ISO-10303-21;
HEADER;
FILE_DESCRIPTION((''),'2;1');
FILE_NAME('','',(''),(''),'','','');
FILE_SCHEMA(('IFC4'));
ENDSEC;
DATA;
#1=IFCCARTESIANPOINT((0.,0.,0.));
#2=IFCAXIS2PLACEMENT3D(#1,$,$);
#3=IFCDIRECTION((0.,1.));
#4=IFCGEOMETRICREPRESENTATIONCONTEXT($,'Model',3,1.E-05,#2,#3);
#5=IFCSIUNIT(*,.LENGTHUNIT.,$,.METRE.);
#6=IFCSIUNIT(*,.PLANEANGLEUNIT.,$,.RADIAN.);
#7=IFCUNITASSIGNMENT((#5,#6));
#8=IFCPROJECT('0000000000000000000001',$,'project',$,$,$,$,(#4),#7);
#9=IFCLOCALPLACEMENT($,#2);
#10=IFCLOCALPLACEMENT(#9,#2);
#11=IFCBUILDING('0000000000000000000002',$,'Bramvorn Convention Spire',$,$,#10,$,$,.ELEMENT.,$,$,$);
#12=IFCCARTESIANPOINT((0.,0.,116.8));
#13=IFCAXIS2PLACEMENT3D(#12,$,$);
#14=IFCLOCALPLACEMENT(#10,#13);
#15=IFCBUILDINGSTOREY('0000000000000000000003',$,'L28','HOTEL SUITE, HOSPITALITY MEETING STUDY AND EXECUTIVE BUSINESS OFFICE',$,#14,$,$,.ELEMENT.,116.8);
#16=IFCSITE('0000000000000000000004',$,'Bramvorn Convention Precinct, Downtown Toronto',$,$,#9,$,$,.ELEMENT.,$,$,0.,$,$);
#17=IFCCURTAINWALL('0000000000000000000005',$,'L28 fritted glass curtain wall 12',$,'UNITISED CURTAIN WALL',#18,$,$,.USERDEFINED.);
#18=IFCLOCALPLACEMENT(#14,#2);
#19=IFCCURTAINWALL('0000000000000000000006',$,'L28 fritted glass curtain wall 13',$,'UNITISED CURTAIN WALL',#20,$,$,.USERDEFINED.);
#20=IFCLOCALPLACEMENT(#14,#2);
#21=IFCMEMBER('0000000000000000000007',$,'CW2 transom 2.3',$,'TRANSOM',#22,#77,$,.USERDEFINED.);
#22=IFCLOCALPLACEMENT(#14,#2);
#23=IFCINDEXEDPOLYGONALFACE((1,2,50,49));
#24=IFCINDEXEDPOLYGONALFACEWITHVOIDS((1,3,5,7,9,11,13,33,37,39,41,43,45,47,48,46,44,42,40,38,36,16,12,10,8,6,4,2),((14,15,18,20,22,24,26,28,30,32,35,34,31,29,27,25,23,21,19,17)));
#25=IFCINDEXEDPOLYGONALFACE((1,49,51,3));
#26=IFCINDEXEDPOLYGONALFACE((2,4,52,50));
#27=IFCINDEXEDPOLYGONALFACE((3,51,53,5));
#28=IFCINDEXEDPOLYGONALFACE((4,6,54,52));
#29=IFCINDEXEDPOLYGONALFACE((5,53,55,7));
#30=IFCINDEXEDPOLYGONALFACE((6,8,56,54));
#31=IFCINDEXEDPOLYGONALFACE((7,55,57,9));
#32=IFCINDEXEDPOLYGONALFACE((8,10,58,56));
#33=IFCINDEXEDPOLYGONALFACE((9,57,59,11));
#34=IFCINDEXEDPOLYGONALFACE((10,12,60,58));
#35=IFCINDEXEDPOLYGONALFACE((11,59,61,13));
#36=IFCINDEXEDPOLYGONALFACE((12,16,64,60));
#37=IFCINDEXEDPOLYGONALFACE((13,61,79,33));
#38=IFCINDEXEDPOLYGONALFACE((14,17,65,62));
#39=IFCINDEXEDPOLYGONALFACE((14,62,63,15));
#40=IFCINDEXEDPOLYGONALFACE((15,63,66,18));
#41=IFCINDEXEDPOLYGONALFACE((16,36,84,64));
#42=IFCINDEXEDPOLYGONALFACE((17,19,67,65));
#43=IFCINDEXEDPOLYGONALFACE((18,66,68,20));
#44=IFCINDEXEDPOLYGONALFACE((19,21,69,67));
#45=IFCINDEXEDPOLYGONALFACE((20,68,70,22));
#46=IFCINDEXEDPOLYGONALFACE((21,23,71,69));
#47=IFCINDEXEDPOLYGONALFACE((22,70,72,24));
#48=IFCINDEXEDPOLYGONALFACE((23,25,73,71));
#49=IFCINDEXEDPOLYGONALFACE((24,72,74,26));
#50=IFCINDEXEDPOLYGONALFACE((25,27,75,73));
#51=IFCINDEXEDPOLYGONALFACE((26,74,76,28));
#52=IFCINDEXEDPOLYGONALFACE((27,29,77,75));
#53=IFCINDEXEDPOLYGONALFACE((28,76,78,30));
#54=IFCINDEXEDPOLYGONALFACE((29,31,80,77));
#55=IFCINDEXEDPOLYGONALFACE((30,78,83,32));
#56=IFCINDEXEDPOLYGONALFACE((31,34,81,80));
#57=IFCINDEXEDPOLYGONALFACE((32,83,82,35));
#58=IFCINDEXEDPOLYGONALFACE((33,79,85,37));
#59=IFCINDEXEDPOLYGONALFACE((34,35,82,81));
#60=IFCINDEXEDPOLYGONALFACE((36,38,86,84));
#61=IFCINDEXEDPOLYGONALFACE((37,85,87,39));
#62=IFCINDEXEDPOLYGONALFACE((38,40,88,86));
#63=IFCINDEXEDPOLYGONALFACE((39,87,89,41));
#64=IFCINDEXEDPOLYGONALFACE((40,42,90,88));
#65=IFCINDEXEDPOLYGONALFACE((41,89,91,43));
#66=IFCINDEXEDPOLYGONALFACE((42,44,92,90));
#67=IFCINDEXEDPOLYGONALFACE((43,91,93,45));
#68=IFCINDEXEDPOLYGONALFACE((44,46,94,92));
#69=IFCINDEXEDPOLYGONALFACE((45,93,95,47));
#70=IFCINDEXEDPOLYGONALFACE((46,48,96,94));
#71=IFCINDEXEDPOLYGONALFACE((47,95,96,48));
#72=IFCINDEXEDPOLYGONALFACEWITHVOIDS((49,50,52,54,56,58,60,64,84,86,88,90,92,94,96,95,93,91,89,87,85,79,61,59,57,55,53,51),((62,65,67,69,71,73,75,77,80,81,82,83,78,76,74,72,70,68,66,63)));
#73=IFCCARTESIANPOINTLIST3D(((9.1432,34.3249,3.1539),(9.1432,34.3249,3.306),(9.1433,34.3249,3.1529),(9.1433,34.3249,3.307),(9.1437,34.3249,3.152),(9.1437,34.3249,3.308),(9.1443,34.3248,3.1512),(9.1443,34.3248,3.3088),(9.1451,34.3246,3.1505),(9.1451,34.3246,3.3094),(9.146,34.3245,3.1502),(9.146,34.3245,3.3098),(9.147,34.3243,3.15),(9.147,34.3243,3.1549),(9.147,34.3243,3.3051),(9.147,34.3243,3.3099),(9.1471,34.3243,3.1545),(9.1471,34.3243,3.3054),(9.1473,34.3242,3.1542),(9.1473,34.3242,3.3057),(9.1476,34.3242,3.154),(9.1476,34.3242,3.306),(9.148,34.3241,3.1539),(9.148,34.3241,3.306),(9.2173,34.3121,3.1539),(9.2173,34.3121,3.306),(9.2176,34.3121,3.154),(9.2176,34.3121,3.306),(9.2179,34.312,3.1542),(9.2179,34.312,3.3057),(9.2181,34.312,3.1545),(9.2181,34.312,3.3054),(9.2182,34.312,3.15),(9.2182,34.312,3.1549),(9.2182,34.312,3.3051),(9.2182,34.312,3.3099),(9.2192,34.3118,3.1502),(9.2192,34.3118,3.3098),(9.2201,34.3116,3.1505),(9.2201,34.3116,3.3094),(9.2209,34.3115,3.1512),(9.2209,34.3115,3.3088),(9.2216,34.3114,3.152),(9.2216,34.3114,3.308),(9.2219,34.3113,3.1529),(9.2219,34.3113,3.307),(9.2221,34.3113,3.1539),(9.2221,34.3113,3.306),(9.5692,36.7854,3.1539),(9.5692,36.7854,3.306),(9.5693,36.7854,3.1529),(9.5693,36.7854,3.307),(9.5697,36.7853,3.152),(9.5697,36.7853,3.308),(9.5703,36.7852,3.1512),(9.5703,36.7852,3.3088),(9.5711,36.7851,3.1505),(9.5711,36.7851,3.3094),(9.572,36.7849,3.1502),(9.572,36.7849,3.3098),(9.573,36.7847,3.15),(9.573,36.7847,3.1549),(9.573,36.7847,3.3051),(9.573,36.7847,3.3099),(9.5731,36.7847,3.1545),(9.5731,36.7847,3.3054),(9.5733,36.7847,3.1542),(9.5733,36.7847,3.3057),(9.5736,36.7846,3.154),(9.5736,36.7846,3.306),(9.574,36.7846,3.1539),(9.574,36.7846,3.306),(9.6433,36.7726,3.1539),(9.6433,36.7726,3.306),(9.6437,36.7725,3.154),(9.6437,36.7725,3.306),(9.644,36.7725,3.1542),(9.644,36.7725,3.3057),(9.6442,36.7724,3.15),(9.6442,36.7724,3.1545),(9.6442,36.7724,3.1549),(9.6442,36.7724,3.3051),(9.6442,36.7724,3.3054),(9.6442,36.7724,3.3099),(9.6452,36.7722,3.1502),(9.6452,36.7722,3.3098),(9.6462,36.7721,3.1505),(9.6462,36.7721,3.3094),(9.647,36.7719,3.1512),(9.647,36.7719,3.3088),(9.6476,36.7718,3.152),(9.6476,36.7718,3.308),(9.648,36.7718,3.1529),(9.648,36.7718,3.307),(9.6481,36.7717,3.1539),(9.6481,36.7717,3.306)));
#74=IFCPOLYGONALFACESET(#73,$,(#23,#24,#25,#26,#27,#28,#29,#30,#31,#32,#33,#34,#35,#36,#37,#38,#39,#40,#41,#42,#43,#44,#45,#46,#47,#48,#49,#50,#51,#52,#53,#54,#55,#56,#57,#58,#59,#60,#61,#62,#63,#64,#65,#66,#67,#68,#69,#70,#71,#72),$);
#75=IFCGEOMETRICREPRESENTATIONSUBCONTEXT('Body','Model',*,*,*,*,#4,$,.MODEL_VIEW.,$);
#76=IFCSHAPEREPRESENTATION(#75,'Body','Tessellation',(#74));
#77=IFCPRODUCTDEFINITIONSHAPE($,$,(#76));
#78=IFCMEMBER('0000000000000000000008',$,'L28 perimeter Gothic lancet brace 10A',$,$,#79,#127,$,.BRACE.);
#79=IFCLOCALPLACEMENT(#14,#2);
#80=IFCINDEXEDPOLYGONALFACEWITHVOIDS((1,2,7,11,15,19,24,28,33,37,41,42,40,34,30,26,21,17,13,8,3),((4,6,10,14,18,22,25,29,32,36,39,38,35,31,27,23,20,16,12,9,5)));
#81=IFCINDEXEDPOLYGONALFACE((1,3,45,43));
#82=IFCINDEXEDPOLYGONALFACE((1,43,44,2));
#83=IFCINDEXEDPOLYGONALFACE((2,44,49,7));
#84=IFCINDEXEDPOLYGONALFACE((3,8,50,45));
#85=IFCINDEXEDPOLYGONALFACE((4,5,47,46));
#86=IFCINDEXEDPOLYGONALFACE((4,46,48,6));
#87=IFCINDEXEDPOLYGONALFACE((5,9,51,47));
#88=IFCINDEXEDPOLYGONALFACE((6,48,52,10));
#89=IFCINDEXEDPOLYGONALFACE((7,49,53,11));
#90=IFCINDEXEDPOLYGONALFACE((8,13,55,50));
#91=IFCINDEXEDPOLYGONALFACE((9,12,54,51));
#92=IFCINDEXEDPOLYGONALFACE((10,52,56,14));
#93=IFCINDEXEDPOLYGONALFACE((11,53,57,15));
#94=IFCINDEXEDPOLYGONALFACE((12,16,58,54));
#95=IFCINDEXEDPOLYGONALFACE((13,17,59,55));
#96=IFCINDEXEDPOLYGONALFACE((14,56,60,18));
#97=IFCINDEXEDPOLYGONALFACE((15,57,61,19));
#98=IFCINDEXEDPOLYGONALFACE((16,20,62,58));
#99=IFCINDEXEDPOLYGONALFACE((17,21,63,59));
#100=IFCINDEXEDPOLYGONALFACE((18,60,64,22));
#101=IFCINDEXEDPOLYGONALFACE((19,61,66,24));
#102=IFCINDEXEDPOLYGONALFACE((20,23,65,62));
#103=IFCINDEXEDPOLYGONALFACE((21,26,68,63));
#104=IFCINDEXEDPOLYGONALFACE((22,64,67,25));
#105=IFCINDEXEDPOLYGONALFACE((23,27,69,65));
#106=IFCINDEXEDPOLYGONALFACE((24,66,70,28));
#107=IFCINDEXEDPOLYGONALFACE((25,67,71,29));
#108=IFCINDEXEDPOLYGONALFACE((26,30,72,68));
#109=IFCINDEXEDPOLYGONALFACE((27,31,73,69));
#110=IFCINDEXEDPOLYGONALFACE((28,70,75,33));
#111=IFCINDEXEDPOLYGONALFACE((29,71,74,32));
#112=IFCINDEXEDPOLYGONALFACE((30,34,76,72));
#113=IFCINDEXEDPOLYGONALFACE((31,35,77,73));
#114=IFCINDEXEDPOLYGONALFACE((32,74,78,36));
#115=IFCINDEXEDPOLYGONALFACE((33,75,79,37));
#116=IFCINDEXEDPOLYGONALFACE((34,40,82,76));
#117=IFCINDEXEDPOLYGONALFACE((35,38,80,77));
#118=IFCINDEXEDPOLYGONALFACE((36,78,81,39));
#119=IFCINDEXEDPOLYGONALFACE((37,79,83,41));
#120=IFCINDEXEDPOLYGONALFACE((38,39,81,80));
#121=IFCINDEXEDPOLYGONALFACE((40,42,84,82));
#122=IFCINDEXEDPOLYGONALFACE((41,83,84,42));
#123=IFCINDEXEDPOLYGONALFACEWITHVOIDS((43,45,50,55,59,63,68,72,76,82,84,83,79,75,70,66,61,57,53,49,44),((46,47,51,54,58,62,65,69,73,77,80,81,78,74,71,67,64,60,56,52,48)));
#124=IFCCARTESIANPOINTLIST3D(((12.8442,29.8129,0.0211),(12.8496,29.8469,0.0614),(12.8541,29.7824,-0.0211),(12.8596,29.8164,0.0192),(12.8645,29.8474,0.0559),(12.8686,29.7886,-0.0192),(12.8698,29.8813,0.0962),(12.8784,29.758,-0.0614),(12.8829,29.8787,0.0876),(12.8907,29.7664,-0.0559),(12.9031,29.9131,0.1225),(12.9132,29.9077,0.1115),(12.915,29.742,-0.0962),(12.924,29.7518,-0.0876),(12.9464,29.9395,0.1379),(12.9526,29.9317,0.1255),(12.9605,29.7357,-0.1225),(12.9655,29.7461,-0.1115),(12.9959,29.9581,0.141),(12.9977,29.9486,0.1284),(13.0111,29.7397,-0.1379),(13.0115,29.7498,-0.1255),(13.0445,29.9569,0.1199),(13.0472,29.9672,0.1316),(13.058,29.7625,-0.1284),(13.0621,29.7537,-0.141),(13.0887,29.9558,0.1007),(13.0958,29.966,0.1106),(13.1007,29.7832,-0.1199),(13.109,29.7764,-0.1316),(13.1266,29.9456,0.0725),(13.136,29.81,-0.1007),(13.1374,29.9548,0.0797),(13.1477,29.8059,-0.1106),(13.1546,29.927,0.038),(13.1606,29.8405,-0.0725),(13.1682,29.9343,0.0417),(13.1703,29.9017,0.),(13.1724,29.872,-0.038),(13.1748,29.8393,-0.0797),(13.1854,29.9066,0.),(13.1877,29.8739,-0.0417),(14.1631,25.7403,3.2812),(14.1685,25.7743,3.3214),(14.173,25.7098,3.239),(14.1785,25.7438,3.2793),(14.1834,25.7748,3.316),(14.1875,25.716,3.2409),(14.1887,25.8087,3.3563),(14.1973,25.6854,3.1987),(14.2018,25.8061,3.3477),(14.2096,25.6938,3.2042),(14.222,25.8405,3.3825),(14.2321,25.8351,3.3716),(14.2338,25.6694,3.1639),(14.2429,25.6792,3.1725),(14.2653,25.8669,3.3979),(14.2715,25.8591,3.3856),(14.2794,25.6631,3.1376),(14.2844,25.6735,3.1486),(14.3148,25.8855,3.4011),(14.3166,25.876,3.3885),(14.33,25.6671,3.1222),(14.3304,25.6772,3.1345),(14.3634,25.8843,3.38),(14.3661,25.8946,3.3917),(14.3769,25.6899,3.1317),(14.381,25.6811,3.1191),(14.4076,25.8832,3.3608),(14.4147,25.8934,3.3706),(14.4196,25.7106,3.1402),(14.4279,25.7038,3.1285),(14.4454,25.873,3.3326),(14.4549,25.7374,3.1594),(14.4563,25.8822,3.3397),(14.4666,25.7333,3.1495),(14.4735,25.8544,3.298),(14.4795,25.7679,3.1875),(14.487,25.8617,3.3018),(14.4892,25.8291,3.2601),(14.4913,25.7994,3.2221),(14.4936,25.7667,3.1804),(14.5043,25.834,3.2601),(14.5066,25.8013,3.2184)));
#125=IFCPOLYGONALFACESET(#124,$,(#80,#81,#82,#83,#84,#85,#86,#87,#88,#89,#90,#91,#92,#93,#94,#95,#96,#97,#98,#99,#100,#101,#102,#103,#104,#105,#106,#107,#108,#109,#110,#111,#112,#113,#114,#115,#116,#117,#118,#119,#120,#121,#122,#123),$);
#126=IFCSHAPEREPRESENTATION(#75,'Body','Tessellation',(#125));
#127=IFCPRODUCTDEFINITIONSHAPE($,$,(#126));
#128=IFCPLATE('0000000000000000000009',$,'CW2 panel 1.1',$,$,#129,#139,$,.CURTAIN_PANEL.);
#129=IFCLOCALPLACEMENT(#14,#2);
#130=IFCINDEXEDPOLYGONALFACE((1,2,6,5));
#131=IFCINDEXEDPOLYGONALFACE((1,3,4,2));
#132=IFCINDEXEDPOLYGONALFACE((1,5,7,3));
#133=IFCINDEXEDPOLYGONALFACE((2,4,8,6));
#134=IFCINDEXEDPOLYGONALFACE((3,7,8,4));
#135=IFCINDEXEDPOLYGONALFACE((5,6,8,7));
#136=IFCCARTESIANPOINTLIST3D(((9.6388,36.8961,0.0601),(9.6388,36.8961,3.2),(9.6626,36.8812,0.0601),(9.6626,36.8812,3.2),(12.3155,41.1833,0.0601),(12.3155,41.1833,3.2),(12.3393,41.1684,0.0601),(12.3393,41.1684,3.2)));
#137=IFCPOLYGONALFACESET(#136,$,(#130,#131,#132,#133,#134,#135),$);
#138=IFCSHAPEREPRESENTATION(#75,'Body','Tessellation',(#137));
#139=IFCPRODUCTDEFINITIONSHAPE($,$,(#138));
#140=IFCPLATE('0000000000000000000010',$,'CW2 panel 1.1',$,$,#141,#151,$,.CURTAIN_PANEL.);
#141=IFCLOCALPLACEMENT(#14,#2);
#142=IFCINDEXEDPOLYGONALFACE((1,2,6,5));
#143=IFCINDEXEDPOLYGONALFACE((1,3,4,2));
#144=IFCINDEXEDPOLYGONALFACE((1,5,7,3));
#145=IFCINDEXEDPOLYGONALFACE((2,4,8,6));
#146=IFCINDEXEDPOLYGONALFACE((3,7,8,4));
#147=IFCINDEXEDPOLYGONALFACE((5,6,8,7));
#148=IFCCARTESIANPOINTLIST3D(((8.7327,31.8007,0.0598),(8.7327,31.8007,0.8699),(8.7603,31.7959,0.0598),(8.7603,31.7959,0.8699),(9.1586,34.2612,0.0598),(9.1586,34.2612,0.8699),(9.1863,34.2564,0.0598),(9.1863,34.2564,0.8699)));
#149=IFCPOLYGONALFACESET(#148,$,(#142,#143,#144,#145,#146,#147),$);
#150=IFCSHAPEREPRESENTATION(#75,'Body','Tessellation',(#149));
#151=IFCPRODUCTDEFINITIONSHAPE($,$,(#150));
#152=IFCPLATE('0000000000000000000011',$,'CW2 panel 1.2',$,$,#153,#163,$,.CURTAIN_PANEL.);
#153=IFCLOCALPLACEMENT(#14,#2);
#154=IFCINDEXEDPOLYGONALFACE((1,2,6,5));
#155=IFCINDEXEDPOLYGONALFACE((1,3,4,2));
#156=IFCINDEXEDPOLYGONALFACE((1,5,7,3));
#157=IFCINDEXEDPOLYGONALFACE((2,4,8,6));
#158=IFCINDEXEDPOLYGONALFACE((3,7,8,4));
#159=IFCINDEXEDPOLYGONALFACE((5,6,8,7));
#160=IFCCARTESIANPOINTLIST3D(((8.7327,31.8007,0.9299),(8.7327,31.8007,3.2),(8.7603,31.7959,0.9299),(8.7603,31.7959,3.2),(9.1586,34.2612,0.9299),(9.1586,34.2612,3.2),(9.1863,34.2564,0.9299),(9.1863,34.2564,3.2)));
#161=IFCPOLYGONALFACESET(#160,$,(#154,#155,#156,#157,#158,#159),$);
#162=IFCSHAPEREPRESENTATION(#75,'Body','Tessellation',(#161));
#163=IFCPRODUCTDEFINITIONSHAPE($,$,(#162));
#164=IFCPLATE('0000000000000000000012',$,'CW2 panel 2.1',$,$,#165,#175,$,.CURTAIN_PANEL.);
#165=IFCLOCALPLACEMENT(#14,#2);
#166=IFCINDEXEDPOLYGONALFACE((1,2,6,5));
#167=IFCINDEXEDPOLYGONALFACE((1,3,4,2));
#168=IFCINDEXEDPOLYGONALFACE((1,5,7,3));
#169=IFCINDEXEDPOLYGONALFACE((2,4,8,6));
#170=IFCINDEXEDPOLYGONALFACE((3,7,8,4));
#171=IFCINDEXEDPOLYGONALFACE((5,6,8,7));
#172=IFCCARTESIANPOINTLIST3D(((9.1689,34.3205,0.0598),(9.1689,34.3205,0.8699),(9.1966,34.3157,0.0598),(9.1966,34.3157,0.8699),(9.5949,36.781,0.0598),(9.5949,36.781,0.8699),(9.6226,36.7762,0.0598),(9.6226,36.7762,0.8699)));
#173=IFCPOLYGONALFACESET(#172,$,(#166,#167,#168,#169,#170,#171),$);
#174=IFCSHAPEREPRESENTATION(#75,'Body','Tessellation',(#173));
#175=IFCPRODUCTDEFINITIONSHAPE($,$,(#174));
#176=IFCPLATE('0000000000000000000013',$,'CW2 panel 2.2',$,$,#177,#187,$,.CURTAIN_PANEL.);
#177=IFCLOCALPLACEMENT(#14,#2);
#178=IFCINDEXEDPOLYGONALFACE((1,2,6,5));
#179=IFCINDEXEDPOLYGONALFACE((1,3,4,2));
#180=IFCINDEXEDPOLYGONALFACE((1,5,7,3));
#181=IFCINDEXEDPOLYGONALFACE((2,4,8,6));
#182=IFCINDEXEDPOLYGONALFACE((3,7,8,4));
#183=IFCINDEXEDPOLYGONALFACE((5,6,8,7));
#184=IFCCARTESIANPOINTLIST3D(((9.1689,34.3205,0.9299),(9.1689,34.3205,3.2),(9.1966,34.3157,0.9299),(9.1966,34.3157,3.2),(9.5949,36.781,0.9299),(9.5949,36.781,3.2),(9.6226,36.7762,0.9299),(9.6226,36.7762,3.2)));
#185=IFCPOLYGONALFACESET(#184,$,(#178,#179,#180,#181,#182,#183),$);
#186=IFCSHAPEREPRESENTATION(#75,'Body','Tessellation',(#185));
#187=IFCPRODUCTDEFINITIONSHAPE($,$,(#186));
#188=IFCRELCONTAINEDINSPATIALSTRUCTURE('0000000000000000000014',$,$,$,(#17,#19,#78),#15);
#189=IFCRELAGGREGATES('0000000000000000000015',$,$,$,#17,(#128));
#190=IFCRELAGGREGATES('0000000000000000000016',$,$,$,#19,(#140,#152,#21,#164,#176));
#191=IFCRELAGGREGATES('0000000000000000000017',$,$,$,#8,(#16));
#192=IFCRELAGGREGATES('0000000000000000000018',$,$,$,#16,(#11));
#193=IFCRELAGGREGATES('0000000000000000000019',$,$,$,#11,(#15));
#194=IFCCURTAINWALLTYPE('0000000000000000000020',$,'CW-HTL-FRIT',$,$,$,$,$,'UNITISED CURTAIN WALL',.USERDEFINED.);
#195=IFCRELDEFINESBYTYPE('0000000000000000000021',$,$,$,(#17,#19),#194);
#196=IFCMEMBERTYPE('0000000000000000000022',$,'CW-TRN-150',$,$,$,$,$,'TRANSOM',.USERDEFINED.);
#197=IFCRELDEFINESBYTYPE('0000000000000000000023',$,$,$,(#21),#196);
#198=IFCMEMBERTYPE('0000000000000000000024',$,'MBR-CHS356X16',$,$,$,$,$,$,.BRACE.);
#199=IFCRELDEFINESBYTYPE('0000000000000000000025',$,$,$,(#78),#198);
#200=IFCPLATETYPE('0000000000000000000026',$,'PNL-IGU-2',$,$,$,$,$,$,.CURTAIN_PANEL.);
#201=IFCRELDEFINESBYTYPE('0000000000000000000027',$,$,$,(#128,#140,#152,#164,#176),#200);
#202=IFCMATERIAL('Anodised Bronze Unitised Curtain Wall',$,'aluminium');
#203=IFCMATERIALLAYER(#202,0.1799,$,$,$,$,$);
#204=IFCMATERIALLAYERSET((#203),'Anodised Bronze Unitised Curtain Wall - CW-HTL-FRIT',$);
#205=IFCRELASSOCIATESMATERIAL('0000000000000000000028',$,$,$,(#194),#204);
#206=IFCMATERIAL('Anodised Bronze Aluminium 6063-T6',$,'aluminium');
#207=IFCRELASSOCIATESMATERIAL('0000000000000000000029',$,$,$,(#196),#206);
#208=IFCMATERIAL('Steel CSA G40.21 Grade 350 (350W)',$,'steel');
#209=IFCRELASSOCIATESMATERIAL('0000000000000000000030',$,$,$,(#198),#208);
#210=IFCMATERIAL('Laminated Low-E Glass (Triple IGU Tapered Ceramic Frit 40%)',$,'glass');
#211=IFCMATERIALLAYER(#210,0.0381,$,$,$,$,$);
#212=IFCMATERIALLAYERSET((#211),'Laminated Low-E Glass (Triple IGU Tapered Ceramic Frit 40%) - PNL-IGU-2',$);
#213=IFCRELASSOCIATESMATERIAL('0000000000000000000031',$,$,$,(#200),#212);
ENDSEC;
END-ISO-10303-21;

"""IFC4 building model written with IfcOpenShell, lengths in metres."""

from ifc_helpers import new_model, si_unit, direction, frame, origin, origin_2d, place, context, subcontext, project, spatial, rectangle, hollow_rectangle, hollow_circle, extrude, material, layer, layer_set, material_profile, profile_set, type_object, element, aggregate, save


model = new_model("IFC4")

# Units and contexts
model_context = context("Model", 3, precision=1e-05, world=origin(), true_north=direction((0.0, 1.0)))
body_context = subcontext(model_context, "Body", "Model", "MODEL_VIEW")
ifc_project = project(units=[si_unit("LENGTHUNIT", "METRE"), si_unit("PLANEANGLEUNIT", "RADIAN")], contexts=[model_context])

# Site, building, storey
site_placement = place(None, origin())
site = spatial("IfcSite", under=ifc_project, at=site_placement, Name="Bramvorn Convention Precinct, Downtown Toronto", CompositionType="ELEMENT", RefElevation=0.0)
building_placement = place(site_placement, origin())
building = spatial("IfcBuilding", under=site, at=building_placement, Name="Bramvorn Convention Spire", CompositionType="ELEMENT")
storey_placement = place(building_placement, frame((0.0, 0.0, 116.8)))
storey = spatial("IfcBuildingStorey", under=building, at=storey_placement, Name="L28", Description="HOTEL SUITE, HOSPITALITY MEETING STUDY AND EXECUTIVE BUSINESS OFFICE", CompositionType="ELEMENT", Elevation=116.8)

# Shared definitions
ifc_material_1 = material(Name="Steel CSA G40.21 Grade 350 (350W)", Category="steel")

# Curtain walls
ifc_material_2 = material(Name="Anodised Bronze Unitised Curtain Wall", Category="aluminium")
ifc_layer_1 = layer(ifc_material_2, 0.1799)
ifc_layer_set_1 = layer_set([ifc_layer_1], Name="Anodised Bronze Unitised Curtain Wall - CW-HTL-FRIT")
curtain_wall_type = type_object("IfcCurtainWallType", Name="CW-HTL-FRIT", ElementType="UNITISED CURTAIN WALL", PredefinedType="USERDEFINED", material=ifc_layer_set_1)
curtain_wall_1_placement = place(storey_placement, origin())
curtain_wall_1 = element("IfcCurtainWall", 1, at=curtain_wall_1_placement, inside=storey, type_object=curtain_wall_type, Name="L28 fritted glass curtain wall 12", ObjectType="UNITISED CURTAIN WALL", PredefinedType="USERDEFINED")
ifc_material_3 = material(Name="Anodised Bronze Aluminium 6063-T6", Category="aluminium")
curtain_wall_2_placement = place(storey_placement, origin())
curtain_wall_2 = element("IfcCurtainWall", 2, at=curtain_wall_2_placement, inside=storey, type_object=curtain_wall_type, Name="L28 fritted glass curtain wall 13", ObjectType="UNITISED CURTAIN WALL", PredefinedType="USERDEFINED")

# Members
ifc_material_profile_1 = material_profile(ifc_material_3, hollow_rectangle(XDim=0.0801, YDim=0.1599, WallThickness=0.0039, InnerFilletRadius=0.001, OuterFilletRadius=0.0039, at=origin_2d()))
ifc_profile_set_1 = profile_set([ifc_material_profile_1], Name="Anodised Bronze Aluminium 6063-T6 - CWT80X160")
member_type_1 = type_object("IfcMemberType", Name="CW-TRN-150", ElementType="TRANSOM", PredefinedType="USERDEFINED", material=ifc_profile_set_1)
member_1_placement = place(storey_placement, frame((9.1826, 34.3181, 3.23), z_axis=(0.170611, 0.985338, 0.0), x_axis=(-0.985338, 0.170611, 0.0)))
member_1 = element("IfcMember", 3, at=member_1_placement, type_object=member_type_1, Name="CW2 transom 2.3", ObjectType="TRANSOM", PredefinedType="USERDEFINED", context=body_context, shape_type="SweptSolid", body=[
    extrude(hollow_rectangle(XDim=0.0801, YDim=0.1599, WallThickness=0.0039, InnerFilletRadius=0.001, OuterFilletRadius=0.0039, at=origin_2d()), origin(), (0.0, 0.0, 1.0), 2.4971),
])
ifc_material_profile_2 = material_profile(ifc_material_1, hollow_circle(Radius=0.1777, WallThickness=0.0159, at=origin_2d()))
ifc_profile_set_2 = profile_set([ifc_material_profile_2], Name="Steel CSA G40.21 Grade 350 (350W) - CHS356X16")
member_type_2 = type_object("IfcMemberType", Name="MBR-CHS356X16", PredefinedType="BRACE", material=ifc_profile_set_2)
member_2_placement = place(storey_placement, frame((13.0164, 29.8518, 0.0), z_axis=(0.245105, -0.756868, 0.605866), x_axis=(0.951358, 0.308089, 0.0)))
element("IfcMember", 4, at=member_2_placement, inside=storey, type_object=member_type_2, Name="L28 perimeter Gothic lancet brace 10A", PredefinedType="BRACE", context=body_context, shape_type="SweptSolid", body=[
    extrude(hollow_circle(Radius=0.1777, WallThickness=0.0159, at=origin_2d()), origin(), (0.0, 0.0, 1.0), 5.3809),
])

# Plates
ifc_material_4 = material(Name="Laminated Low-E Glass (Triple IGU Tapered Ceramic Frit 40%)", Category="glass")
ifc_layer_2 = layer(ifc_material_4, 0.0381)
ifc_layer_set_2 = layer_set([ifc_layer_2], Name="Laminated Low-E Glass (Triple IGU Tapered Ceramic Frit 40%) - PNL-IGU-2")
plate_type = type_object("IfcPlateType", Name="PNL-IGU-2", PredefinedType="CURTAIN_PANEL", material=ifc_layer_set_2)
plate_1_placement = place(storey_placement, frame((10.989, 39.0322, 0.0601), z_axis=(0.0, 0.0, 1.0), x_axis=(0.529598, 0.848249, 0.0)))
plate_1 = element("IfcPlate", 5, at=plate_1_placement, type_object=plate_type, Name="CW2 panel 1.1", PredefinedType="CURTAIN_PANEL", context=body_context, shape_type="SweptSolid", body=[
    extrude(rectangle(XDim=5.0542, YDim=0.0281, at=origin_2d()), origin(), (0.0, 0.0, 1.0), 3.1399),
])
aggregate(curtain_wall_1, [plate_1])
plate_2_placement = place(storey_placement, frame((8.9595, 33.0286, 0.0598), z_axis=(0.0, 0.0, 1.0), x_axis=(0.170592, 0.985342, 0.0)))
plate_2 = element("IfcPlate", 6, at=plate_2_placement, type_object=plate_type, Name="CW2 panel 1.1", PredefinedType="CURTAIN_PANEL", context=body_context, shape_type="SweptSolid", body=[
    extrude(rectangle(XDim=2.4971, YDim=0.0281, at=origin_2d()), origin(), (0.0, 0.0, 1.0), 0.8101),
])
plate_3_placement = place(storey_placement, frame((8.9595, 33.0286, 0.9299), z_axis=(0.0, 0.0, 1.0), x_axis=(0.170592, 0.985342, 0.0)))
plate_3 = element("IfcPlate", 7, at=plate_3_placement, type_object=plate_type, Name="CW2 panel 1.2", PredefinedType="CURTAIN_PANEL", context=body_context, shape_type="SweptSolid", body=[
    extrude(rectangle(XDim=2.4971, YDim=0.0281, at=origin_2d()), origin(), (0.0, 0.0, 1.0), 2.27),
])
plate_4_placement = place(storey_placement, frame((9.3958, 35.5483, 0.0598), z_axis=(0.0, 0.0, 1.0), x_axis=(0.170592, 0.985342, 0.0)))
plate_4 = element("IfcPlate", 8, at=plate_4_placement, type_object=plate_type, Name="CW2 panel 2.1", PredefinedType="CURTAIN_PANEL", context=body_context, shape_type="SweptSolid", body=[
    extrude(rectangle(XDim=2.4971, YDim=0.0281, at=origin_2d()), origin(), (0.0, 0.0, 1.0), 0.8101),
])
plate_5_placement = place(storey_placement, frame((9.3958, 35.5483, 0.9299), z_axis=(0.0, 0.0, 1.0), x_axis=(0.170592, 0.985342, 0.0)))
plate_5 = element("IfcPlate", 9, at=plate_5_placement, type_object=plate_type, Name="CW2 panel 2.2", PredefinedType="CURTAIN_PANEL", context=body_context, shape_type="SweptSolid", body=[
    extrude(rectangle(XDim=2.4971, YDim=0.0281, at=origin_2d()), origin(), (0.0, 0.0, 1.0), 2.27),
])
aggregate(curtain_wall_2, [plate_2, plate_3, member_1, plate_4, plate_5])

save(model, "model.ifc")
